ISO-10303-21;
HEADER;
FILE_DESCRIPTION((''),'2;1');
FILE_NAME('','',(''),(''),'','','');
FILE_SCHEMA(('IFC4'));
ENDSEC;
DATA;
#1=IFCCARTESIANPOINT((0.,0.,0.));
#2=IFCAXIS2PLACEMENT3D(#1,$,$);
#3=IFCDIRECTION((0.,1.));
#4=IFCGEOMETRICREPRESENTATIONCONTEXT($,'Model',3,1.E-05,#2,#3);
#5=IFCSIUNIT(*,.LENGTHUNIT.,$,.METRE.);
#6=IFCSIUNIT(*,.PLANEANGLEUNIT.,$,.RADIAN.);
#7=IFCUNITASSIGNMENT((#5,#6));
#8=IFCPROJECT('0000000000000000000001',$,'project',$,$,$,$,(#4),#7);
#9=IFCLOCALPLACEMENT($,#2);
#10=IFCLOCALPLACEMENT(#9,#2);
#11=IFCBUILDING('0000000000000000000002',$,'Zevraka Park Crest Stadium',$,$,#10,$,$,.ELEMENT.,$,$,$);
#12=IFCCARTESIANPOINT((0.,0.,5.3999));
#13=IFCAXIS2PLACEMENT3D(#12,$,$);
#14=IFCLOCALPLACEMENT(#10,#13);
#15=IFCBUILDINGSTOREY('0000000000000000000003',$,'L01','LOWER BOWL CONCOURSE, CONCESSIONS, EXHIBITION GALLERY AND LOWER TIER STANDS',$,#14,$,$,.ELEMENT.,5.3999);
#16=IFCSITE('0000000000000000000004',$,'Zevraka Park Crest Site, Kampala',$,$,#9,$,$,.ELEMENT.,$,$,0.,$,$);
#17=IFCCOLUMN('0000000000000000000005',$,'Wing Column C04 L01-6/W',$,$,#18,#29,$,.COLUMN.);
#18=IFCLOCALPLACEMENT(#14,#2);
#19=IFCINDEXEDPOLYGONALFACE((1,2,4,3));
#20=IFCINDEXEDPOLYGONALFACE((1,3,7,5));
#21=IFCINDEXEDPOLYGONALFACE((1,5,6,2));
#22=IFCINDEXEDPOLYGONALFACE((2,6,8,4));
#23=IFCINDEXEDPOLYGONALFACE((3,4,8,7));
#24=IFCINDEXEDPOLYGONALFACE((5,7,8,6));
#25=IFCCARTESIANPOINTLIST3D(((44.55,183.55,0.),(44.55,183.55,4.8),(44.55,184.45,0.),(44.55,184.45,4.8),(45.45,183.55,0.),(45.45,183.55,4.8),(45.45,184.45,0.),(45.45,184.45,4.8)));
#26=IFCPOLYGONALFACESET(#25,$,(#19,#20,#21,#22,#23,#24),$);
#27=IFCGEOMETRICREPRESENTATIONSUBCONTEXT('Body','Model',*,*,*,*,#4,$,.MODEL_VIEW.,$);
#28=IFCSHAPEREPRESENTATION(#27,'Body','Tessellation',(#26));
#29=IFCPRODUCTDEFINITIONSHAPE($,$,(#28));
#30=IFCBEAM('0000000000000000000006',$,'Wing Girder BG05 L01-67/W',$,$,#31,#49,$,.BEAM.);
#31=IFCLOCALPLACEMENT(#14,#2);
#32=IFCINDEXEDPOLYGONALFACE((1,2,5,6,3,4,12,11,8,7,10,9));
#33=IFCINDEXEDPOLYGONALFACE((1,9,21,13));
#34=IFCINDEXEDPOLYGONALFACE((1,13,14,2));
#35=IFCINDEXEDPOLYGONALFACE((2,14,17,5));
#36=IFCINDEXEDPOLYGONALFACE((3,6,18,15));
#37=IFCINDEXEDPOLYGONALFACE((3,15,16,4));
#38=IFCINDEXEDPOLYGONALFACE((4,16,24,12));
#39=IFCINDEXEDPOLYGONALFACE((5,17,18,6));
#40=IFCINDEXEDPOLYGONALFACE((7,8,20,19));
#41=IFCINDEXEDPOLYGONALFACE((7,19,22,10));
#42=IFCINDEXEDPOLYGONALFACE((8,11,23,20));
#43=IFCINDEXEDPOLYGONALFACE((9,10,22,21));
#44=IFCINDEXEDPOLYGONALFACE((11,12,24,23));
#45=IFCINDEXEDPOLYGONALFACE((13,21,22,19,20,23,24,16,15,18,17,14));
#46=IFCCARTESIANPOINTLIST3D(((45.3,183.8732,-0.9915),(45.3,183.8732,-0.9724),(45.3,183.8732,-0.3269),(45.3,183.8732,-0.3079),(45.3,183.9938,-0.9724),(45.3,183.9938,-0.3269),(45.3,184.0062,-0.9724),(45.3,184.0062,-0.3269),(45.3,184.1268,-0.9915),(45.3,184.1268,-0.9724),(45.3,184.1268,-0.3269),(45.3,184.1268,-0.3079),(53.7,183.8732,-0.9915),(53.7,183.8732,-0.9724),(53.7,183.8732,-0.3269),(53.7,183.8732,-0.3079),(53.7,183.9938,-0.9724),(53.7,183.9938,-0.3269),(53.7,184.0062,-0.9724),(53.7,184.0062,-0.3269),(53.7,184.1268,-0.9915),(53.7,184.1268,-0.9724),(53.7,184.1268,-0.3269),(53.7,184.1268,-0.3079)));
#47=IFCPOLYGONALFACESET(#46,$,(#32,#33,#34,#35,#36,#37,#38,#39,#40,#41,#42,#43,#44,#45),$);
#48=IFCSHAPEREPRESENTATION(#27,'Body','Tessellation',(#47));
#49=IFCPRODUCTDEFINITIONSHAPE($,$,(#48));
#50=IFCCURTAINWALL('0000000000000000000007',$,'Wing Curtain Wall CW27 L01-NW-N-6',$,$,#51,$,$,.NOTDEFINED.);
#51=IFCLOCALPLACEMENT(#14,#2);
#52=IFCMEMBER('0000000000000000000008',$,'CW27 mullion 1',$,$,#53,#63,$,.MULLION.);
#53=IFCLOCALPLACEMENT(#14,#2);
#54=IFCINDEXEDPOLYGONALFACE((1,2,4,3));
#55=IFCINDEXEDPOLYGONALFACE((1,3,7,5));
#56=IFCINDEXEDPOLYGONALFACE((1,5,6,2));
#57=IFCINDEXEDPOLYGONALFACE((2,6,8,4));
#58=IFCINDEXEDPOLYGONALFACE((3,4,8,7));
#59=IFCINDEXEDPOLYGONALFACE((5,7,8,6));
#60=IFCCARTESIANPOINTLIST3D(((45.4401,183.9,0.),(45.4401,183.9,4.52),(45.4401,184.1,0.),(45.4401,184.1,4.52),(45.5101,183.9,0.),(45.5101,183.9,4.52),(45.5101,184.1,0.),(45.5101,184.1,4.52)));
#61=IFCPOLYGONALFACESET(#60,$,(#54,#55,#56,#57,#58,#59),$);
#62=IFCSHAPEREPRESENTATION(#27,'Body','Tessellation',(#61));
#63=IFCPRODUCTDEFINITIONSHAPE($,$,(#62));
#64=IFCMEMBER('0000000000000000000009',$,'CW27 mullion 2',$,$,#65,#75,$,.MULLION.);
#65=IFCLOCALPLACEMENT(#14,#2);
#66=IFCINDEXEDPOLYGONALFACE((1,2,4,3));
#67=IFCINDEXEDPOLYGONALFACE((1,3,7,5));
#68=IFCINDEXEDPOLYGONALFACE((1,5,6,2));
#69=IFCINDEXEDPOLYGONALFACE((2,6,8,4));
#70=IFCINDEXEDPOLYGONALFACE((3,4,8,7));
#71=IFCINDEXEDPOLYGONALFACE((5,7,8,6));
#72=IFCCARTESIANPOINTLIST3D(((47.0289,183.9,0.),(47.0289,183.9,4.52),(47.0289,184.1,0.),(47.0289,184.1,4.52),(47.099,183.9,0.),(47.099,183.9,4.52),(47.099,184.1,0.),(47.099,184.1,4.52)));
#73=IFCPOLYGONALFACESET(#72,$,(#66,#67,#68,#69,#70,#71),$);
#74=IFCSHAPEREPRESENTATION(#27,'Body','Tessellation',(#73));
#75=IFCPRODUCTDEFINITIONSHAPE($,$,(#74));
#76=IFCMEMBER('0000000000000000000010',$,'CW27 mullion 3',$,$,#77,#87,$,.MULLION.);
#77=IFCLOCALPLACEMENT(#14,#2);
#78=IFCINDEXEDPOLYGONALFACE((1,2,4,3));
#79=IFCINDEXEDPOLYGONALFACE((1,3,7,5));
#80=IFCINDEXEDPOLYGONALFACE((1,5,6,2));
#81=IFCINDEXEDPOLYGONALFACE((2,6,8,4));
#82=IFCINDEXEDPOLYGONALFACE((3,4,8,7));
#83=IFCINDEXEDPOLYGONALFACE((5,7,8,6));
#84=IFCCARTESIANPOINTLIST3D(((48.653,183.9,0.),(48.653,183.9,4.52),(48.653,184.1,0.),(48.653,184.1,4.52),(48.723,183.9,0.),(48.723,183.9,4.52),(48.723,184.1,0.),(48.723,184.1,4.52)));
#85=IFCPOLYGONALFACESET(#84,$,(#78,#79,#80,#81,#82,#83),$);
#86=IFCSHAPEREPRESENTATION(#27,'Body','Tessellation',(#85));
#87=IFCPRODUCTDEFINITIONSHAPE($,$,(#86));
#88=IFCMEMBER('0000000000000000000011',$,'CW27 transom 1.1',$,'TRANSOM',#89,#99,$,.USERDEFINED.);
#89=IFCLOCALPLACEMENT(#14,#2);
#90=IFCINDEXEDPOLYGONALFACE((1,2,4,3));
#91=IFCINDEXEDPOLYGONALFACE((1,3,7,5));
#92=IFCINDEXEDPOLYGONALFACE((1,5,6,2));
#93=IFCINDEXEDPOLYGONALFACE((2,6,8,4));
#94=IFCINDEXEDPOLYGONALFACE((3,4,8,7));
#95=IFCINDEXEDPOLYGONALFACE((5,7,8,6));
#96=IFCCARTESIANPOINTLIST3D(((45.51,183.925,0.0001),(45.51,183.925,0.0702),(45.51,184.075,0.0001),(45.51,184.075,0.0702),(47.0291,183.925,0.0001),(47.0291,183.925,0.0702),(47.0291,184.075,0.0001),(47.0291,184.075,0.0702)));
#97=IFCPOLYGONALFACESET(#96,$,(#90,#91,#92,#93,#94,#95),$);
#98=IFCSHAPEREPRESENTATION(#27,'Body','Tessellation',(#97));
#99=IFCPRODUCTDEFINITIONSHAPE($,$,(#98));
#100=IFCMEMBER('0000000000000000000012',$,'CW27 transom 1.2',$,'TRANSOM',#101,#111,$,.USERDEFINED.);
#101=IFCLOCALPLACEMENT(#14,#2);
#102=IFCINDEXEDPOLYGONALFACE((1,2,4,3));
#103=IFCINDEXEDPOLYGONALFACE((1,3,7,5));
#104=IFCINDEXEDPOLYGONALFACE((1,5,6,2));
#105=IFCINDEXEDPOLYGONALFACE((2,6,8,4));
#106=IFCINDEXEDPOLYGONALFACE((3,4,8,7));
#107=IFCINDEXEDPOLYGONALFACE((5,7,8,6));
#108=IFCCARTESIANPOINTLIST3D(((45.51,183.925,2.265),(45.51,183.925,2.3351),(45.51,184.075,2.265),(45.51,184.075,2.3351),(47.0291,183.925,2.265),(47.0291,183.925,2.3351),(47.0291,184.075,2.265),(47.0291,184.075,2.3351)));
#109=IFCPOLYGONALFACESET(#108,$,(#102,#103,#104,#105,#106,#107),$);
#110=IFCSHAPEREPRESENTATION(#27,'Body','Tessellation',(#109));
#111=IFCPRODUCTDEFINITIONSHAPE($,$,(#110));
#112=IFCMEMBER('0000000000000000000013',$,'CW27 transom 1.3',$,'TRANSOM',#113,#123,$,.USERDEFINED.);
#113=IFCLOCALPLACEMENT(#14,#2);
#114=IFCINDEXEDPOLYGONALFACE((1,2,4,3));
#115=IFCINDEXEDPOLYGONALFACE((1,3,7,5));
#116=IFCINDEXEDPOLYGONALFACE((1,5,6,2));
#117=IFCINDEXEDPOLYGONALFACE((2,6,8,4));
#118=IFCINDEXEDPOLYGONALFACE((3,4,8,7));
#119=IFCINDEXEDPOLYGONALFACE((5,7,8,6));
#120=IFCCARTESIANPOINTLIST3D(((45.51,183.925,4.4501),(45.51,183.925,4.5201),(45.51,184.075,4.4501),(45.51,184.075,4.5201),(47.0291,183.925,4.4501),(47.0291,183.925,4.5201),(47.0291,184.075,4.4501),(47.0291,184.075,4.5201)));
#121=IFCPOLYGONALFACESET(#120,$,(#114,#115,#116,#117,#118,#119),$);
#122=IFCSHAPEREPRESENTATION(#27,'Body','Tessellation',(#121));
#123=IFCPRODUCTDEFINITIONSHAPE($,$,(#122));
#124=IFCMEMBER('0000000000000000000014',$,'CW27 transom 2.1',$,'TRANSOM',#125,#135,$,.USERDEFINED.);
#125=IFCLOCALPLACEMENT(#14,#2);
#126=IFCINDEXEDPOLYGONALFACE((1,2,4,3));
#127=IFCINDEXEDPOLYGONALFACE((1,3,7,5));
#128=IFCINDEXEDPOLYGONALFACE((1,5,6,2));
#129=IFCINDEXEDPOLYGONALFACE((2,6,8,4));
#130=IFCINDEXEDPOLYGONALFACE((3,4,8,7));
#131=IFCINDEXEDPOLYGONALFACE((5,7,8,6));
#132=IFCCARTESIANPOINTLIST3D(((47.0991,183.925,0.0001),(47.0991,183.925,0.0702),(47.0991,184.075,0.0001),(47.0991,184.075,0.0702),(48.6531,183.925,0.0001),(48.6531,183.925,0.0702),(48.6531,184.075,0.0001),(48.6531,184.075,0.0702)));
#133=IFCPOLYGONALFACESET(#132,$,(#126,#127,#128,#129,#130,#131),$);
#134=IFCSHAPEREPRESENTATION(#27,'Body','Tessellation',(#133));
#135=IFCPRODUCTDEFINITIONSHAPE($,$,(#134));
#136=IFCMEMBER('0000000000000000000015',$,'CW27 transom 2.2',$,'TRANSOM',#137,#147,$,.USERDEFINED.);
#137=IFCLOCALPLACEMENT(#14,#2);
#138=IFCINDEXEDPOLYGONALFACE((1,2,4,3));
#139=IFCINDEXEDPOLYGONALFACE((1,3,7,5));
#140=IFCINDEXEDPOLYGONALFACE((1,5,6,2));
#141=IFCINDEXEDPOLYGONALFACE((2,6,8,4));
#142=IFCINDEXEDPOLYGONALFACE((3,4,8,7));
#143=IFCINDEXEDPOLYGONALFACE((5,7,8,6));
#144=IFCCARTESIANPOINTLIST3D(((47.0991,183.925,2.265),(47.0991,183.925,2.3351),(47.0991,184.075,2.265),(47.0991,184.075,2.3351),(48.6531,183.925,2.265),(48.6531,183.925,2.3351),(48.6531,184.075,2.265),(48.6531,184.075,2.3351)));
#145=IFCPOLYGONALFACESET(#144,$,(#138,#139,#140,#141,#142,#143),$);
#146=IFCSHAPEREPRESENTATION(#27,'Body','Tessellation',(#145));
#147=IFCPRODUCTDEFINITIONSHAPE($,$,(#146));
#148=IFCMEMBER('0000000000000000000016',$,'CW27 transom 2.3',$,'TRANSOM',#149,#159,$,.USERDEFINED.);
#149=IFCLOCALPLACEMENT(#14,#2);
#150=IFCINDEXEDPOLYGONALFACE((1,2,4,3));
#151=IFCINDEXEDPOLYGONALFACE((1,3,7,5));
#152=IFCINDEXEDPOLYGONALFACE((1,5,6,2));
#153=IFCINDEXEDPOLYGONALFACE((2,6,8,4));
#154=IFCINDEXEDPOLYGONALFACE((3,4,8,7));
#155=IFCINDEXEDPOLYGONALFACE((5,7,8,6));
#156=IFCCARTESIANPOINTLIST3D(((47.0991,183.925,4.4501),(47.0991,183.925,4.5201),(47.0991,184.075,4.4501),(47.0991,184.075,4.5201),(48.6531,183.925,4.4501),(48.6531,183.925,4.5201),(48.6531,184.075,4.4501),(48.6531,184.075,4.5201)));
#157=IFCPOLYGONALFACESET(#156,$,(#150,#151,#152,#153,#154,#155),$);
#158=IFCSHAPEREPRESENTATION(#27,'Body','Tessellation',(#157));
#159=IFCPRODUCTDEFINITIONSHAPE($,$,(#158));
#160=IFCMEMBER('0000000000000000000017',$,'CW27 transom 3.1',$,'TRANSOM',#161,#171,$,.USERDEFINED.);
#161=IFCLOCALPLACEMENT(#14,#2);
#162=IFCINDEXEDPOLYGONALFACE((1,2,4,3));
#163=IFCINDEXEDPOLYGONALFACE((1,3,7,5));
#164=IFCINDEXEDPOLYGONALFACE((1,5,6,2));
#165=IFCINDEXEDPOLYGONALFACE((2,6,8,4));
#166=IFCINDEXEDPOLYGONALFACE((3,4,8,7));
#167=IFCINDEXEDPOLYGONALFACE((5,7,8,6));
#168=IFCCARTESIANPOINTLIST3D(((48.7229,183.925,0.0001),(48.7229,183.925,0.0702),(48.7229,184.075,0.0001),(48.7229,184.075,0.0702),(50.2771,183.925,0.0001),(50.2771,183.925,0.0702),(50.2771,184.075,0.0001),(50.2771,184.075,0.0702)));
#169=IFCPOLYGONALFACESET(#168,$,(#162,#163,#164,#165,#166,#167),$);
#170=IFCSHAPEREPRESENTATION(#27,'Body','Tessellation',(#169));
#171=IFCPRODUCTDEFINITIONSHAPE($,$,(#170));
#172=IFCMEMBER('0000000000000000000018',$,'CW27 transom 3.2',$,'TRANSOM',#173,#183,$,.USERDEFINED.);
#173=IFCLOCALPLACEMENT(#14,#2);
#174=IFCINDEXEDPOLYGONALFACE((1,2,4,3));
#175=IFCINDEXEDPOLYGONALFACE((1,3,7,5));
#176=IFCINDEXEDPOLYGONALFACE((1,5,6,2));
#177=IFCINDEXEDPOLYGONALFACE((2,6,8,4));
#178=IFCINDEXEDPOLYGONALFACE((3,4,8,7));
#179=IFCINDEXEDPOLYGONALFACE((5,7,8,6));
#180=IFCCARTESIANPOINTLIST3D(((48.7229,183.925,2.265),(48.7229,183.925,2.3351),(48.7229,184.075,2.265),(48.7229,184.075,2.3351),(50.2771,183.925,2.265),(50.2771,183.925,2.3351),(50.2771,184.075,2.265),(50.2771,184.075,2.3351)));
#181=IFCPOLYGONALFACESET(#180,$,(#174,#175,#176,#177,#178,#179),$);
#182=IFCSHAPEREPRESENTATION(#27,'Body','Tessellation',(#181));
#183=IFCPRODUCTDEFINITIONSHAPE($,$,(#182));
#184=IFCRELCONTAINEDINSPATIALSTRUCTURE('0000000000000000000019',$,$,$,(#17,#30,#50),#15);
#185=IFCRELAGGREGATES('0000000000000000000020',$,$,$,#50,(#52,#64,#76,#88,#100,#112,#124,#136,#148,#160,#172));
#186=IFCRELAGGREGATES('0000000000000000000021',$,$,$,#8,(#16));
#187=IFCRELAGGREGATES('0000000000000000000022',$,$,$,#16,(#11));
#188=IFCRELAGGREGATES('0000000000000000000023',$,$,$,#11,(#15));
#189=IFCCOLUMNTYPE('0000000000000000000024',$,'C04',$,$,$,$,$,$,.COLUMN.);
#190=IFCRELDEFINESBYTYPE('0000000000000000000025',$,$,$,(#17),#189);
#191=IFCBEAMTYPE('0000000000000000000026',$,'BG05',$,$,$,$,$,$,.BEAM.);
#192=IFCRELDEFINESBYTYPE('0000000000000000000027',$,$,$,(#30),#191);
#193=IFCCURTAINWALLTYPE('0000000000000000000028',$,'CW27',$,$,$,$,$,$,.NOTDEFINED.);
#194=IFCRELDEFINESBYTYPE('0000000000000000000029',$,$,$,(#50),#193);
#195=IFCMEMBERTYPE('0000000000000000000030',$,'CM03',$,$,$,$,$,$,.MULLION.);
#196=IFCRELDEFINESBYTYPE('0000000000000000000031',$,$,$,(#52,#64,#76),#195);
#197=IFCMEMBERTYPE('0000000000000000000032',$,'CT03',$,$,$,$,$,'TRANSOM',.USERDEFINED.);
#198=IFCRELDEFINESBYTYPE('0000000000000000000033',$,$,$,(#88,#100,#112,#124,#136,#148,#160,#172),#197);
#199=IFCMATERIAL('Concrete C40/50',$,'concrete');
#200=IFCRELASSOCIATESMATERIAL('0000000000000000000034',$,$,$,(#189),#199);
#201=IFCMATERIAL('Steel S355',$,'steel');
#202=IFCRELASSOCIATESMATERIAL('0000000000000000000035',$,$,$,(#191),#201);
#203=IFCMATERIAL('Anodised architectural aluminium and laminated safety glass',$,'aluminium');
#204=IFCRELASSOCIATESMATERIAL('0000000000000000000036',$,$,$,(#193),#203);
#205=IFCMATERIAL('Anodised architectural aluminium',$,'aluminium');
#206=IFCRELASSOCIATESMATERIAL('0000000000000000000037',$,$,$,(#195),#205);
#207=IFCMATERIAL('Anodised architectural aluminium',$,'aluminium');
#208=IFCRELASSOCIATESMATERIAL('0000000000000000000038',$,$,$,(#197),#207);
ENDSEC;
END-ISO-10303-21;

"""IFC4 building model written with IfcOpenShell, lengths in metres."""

from ifc_helpers import new_model, si_unit, direction, frame, origin, origin_2d, place, context, subcontext, project, spatial, rectangle, i_section, extrude, material, material_profile, profile_set, type_object, element, aggregate, save


model = new_model("IFC4")

# Units and contexts
model_context = context("Model", 3, precision=1e-05, world=origin(), true_north=direction((0.0, 1.0)))
body_context = subcontext(model_context, "Body", "Model", "MODEL_VIEW")
ifc_project = project(units=[si_unit("LENGTHUNIT", "METRE"), si_unit("PLANEANGLEUNIT", "RADIAN")], contexts=[model_context])

# Site, building, storey
site_placement = place(None, origin())
site = spatial("IfcSite", under=ifc_project, at=site_placement, Name="Zevraka Park Crest Site, Kampala", CompositionType="ELEMENT", RefElevation=0.0)
building_placement = place(site_placement, origin())
building = spatial("IfcBuilding", under=site, at=building_placement, Name="Zevraka Park Crest Stadium", CompositionType="ELEMENT")
storey_placement = place(building_placement, frame((0.0, 0.0, 5.3999)))
storey = spatial("IfcBuildingStorey", under=building, at=storey_placement, Name="L01", Description="LOWER BOWL CONCOURSE, CONCESSIONS, EXHIBITION GALLERY AND LOWER TIER STANDS", CompositionType="ELEMENT", Elevation=5.3999)

# Column
ifc_material_1 = material(Name="Concrete C40/50", Category="concrete")
ifc_material_profile_1 = material_profile(ifc_material_1, rectangle(XDim=0.8999, YDim=0.8999, at=origin_2d()), Name="RC 900x900")
ifc_profile_set_1 = profile_set([ifc_material_profile_1], Name="Concrete C40/50")
column_type = type_object("IfcColumnType", Name="C04", PredefinedType="COLUMN", material=ifc_profile_set_1)
column_placement = place(storey_placement, frame((45.0, 184.0, 0.0), z_axis=(0.0, 0.0, 1.0), x_axis=(1.0, 0.0, 0.0)))
element("IfcColumn", 1, at=column_placement, inside=storey, type_object=column_type, Name="Wing Column C04 L01-6/W", PredefinedType="COLUMN", context=body_context, shape_type="SweptSolid", body=[
    extrude(rectangle(XDim=0.8999, YDim=0.8999, at=origin_2d()), origin(), (0.0, 0.0, 1.0), 4.8),
])

# Beam
ifc_material_2 = material(Name="Steel S355", Category="steel")
ifc_material_profile_2 = material_profile(ifc_material_2, i_section(OverallWidth=0.2537, OverallDepth=0.6836, WebThickness=0.0125, FlangeThickness=0.019, at=origin_2d()), Name="UKB 686x254x140")
ifc_profile_set_2 = profile_set([ifc_material_profile_2], Name="Steel S355")
beam_type = type_object("IfcBeamType", Name="BG05", PredefinedType="BEAM", material=ifc_profile_set_2)
beam_placement = place(storey_placement, frame((45.3, 184.0, -0.6497), z_axis=(1.0, 0.0, 0.0), x_axis=(0.0, 1.0, 0.0)))
element("IfcBeam", 2, at=beam_placement, inside=storey, type_object=beam_type, Name="Wing Girder BG05 L01-67/W", PredefinedType="BEAM", context=body_context, shape_type="SweptSolid", body=[
    extrude(i_section(OverallWidth=0.2537, OverallDepth=0.6836, WebThickness=0.0125, FlangeThickness=0.019, at=origin_2d()), origin(), (0.0, 0.0, 1.0), 8.3999),
])

# Curtain wall, members
ifc_material_3 = material(Name="Anodised architectural aluminium and laminated safety glass", Category="aluminium")
curtain_wall_type = type_object("IfcCurtainWallType", Name="CW27", PredefinedType="NOTDEFINED", material=ifc_material_3)
curtain_wall_placement = place(storey_placement, origin())
curtain_wall = element("IfcCurtainWall", 3, at=curtain_wall_placement, inside=storey, type_object=curtain_wall_type, Name="Wing Curtain Wall CW27 L01-NW-N-6", PredefinedType="NOTDEFINED")
ifc_material_4 = material(Name="Anodised architectural aluminium", Category="aluminium")
ifc_material_profile_3 = material_profile(ifc_material_4, rectangle(XDim=0.2, YDim=0.0701, at=origin_2d()), Name="ALU MULLION 200x70")
ifc_profile_set_3 = profile_set([ifc_material_profile_3], Name="Anodised architectural aluminium")
member_type_1 = type_object("IfcMemberType", Name="CM03", PredefinedType="MULLION", material=ifc_profile_set_3)
member_1_placement = place(storey_placement, frame((45.4751, 184.0, 0.0), z_axis=(0.0, 0.0, 1.0), x_axis=(0.0, 1.0, 0.0)))
member_1 = element("IfcMember", 4, at=member_1_placement, type_object=member_type_1, Name="CW27 mullion 1", PredefinedType="MULLION", context=body_context, shape_type="SweptSolid", body=[
    extrude(rectangle(XDim=0.2, YDim=0.0701, at=origin_2d()), origin(), (0.0, 0.0, 1.0), 4.52),
])
member_2_placement = place(storey_placement, frame((47.064, 184.0, 0.0), z_axis=(0.0, 0.0, 1.0), x_axis=(0.0, 1.0, 0.0)))
member_2 = element("IfcMember", 5, at=member_2_placement, type_object=member_type_1, Name="CW27 mullion 2", PredefinedType="MULLION", context=body_context, shape_type="SweptSolid", body=[
    extrude(rectangle(XDim=0.2, YDim=0.0701, at=origin_2d()), origin(), (0.0, 0.0, 1.0), 4.52),
])
member_3_placement = place(storey_placement, frame((48.688, 184.0, 0.0), z_axis=(0.0, 0.0, 1.0), x_axis=(0.0, 1.0, 0.0)))
member_3 = element("IfcMember", 6, at=member_3_placement, type_object=member_type_1, Name="CW27 mullion 3", PredefinedType="MULLION", context=body_context, shape_type="SweptSolid", body=[
    extrude(rectangle(XDim=0.2, YDim=0.0701, at=origin_2d()), origin(), (0.0, 0.0, 1.0), 4.52),
])
ifc_material_5 = material(Name="Anodised architectural aluminium", Category="aluminium")
ifc_material_profile_4 = material_profile(ifc_material_5, rectangle(XDim=0.1499, YDim=0.0701, at=origin_2d()), Name="ALU TRANSOM 150x70")
ifc_profile_set_4 = profile_set([ifc_material_profile_4], Name="Anodised architectural aluminium")
member_type_2 = type_object("IfcMemberType", Name="CT03", ElementType="TRANSOM", PredefinedType="USERDEFINED", material=ifc_profile_set_4)
member_4_placement = place(storey_placement, frame((45.51, 184.0, 0.0352), z_axis=(1.0, 0.0, 0.0), x_axis=(0.0, 1.0, 0.0)))
member_4 = element("IfcMember", 7, at=member_4_placement, type_object=member_type_2, Name="CW27 transom 1.1", ObjectType="TRANSOM", PredefinedType="USERDEFINED", context=body_context, shape_type="SweptSolid", body=[
    extrude(rectangle(XDim=0.1499, YDim=0.0701, at=origin_2d()), origin(), (0.0, 0.0, 1.0), 1.519),
])
member_5_placement = place(storey_placement, frame((45.51, 184.0, 2.3), z_axis=(1.0, 0.0, 0.0), x_axis=(0.0, 1.0, 0.0)))
member_5 = element("IfcMember", 8, at=member_5_placement, type_object=member_type_2, Name="CW27 transom 1.2", ObjectType="TRANSOM", PredefinedType="USERDEFINED", context=body_context, shape_type="SweptSolid", body=[
    extrude(rectangle(XDim=0.1499, YDim=0.0701, at=origin_2d()), origin(), (0.0, 0.0, 1.0), 1.519),
])
member_6_placement = place(storey_placement, frame((45.51, 184.0, 4.4851), z_axis=(1.0, 0.0, 0.0), x_axis=(0.0, 1.0, 0.0)))
member_6 = element("IfcMember", 9, at=member_6_placement, type_object=member_type_2, Name="CW27 transom 1.3", ObjectType="TRANSOM", PredefinedType="USERDEFINED", context=body_context, shape_type="SweptSolid", body=[
    extrude(rectangle(XDim=0.1499, YDim=0.0701, at=origin_2d()), origin(), (0.0, 0.0, 1.0), 1.519),
])
member_7_placement = place(storey_placement, frame((47.0991, 184.0, 0.0352), z_axis=(1.0, 0.0, 0.0), x_axis=(0.0, 1.0, 0.0)))
member_7 = element("IfcMember", 10, at=member_7_placement, type_object=member_type_2, Name="CW27 transom 2.1", ObjectType="TRANSOM", PredefinedType="USERDEFINED", context=body_context, shape_type="SweptSolid", body=[
    extrude(rectangle(XDim=0.1499, YDim=0.0701, at=origin_2d()), origin(), (0.0, 0.0, 1.0), 1.554),
])
member_8_placement = place(storey_placement, frame((47.0991, 184.0, 2.3), z_axis=(1.0, 0.0, 0.0), x_axis=(0.0, 1.0, 0.0)))
member_8 = element("IfcMember", 11, at=member_8_placement, type_object=member_type_2, Name="CW27 transom 2.2", ObjectType="TRANSOM", PredefinedType="USERDEFINED", context=body_context, shape_type="SweptSolid", body=[
    extrude(rectangle(XDim=0.1499, YDim=0.0701, at=origin_2d()), origin(), (0.0, 0.0, 1.0), 1.554),
])
member_9_placement = place(storey_placement, frame((47.0991, 184.0, 4.4851), z_axis=(1.0, 0.0, 0.0), x_axis=(0.0, 1.0, 0.0)))
member_9 = element("IfcMember", 12, at=member_9_placement, type_object=member_type_2, Name="CW27 transom 2.3", ObjectType="TRANSOM", PredefinedType="USERDEFINED", context=body_context, shape_type="SweptSolid", body=[
    extrude(rectangle(XDim=0.1499, YDim=0.0701, at=origin_2d()), origin(), (0.0, 0.0, 1.0), 1.554),
])
member_10_placement = place(storey_placement, frame((48.7229, 184.0, 0.0352), z_axis=(1.0, 0.0, 0.0), x_axis=(0.0, 1.0, 0.0)))
member_10 = element("IfcMember", 13, at=member_10_placement, type_object=member_type_2, Name="CW27 transom 3.1", ObjectType="TRANSOM", PredefinedType="USERDEFINED", context=body_context, shape_type="SweptSolid", body=[
    extrude(rectangle(XDim=0.1499, YDim=0.0701, at=origin_2d()), origin(), (0.0, 0.0, 1.0), 1.5542),
])
member_11_placement = place(storey_placement, frame((48.7229, 184.0, 2.3), z_axis=(1.0, 0.0, 0.0), x_axis=(0.0, 1.0, 0.0)))
member_11 = element("IfcMember", 14, at=member_11_placement, type_object=member_type_2, Name="CW27 transom 3.2", ObjectType="TRANSOM", PredefinedType="USERDEFINED", context=body_context, shape_type="SweptSolid", body=[
    extrude(rectangle(XDim=0.1499, YDim=0.0701, at=origin_2d()), origin(), (0.0, 0.0, 1.0), 1.5542),
])
aggregate(curtain_wall, [member_1, member_2, member_3, member_4, member_5, member_6, member_7, member_8, member_9, member_10, member_11])

save(model, "model.ifc")
